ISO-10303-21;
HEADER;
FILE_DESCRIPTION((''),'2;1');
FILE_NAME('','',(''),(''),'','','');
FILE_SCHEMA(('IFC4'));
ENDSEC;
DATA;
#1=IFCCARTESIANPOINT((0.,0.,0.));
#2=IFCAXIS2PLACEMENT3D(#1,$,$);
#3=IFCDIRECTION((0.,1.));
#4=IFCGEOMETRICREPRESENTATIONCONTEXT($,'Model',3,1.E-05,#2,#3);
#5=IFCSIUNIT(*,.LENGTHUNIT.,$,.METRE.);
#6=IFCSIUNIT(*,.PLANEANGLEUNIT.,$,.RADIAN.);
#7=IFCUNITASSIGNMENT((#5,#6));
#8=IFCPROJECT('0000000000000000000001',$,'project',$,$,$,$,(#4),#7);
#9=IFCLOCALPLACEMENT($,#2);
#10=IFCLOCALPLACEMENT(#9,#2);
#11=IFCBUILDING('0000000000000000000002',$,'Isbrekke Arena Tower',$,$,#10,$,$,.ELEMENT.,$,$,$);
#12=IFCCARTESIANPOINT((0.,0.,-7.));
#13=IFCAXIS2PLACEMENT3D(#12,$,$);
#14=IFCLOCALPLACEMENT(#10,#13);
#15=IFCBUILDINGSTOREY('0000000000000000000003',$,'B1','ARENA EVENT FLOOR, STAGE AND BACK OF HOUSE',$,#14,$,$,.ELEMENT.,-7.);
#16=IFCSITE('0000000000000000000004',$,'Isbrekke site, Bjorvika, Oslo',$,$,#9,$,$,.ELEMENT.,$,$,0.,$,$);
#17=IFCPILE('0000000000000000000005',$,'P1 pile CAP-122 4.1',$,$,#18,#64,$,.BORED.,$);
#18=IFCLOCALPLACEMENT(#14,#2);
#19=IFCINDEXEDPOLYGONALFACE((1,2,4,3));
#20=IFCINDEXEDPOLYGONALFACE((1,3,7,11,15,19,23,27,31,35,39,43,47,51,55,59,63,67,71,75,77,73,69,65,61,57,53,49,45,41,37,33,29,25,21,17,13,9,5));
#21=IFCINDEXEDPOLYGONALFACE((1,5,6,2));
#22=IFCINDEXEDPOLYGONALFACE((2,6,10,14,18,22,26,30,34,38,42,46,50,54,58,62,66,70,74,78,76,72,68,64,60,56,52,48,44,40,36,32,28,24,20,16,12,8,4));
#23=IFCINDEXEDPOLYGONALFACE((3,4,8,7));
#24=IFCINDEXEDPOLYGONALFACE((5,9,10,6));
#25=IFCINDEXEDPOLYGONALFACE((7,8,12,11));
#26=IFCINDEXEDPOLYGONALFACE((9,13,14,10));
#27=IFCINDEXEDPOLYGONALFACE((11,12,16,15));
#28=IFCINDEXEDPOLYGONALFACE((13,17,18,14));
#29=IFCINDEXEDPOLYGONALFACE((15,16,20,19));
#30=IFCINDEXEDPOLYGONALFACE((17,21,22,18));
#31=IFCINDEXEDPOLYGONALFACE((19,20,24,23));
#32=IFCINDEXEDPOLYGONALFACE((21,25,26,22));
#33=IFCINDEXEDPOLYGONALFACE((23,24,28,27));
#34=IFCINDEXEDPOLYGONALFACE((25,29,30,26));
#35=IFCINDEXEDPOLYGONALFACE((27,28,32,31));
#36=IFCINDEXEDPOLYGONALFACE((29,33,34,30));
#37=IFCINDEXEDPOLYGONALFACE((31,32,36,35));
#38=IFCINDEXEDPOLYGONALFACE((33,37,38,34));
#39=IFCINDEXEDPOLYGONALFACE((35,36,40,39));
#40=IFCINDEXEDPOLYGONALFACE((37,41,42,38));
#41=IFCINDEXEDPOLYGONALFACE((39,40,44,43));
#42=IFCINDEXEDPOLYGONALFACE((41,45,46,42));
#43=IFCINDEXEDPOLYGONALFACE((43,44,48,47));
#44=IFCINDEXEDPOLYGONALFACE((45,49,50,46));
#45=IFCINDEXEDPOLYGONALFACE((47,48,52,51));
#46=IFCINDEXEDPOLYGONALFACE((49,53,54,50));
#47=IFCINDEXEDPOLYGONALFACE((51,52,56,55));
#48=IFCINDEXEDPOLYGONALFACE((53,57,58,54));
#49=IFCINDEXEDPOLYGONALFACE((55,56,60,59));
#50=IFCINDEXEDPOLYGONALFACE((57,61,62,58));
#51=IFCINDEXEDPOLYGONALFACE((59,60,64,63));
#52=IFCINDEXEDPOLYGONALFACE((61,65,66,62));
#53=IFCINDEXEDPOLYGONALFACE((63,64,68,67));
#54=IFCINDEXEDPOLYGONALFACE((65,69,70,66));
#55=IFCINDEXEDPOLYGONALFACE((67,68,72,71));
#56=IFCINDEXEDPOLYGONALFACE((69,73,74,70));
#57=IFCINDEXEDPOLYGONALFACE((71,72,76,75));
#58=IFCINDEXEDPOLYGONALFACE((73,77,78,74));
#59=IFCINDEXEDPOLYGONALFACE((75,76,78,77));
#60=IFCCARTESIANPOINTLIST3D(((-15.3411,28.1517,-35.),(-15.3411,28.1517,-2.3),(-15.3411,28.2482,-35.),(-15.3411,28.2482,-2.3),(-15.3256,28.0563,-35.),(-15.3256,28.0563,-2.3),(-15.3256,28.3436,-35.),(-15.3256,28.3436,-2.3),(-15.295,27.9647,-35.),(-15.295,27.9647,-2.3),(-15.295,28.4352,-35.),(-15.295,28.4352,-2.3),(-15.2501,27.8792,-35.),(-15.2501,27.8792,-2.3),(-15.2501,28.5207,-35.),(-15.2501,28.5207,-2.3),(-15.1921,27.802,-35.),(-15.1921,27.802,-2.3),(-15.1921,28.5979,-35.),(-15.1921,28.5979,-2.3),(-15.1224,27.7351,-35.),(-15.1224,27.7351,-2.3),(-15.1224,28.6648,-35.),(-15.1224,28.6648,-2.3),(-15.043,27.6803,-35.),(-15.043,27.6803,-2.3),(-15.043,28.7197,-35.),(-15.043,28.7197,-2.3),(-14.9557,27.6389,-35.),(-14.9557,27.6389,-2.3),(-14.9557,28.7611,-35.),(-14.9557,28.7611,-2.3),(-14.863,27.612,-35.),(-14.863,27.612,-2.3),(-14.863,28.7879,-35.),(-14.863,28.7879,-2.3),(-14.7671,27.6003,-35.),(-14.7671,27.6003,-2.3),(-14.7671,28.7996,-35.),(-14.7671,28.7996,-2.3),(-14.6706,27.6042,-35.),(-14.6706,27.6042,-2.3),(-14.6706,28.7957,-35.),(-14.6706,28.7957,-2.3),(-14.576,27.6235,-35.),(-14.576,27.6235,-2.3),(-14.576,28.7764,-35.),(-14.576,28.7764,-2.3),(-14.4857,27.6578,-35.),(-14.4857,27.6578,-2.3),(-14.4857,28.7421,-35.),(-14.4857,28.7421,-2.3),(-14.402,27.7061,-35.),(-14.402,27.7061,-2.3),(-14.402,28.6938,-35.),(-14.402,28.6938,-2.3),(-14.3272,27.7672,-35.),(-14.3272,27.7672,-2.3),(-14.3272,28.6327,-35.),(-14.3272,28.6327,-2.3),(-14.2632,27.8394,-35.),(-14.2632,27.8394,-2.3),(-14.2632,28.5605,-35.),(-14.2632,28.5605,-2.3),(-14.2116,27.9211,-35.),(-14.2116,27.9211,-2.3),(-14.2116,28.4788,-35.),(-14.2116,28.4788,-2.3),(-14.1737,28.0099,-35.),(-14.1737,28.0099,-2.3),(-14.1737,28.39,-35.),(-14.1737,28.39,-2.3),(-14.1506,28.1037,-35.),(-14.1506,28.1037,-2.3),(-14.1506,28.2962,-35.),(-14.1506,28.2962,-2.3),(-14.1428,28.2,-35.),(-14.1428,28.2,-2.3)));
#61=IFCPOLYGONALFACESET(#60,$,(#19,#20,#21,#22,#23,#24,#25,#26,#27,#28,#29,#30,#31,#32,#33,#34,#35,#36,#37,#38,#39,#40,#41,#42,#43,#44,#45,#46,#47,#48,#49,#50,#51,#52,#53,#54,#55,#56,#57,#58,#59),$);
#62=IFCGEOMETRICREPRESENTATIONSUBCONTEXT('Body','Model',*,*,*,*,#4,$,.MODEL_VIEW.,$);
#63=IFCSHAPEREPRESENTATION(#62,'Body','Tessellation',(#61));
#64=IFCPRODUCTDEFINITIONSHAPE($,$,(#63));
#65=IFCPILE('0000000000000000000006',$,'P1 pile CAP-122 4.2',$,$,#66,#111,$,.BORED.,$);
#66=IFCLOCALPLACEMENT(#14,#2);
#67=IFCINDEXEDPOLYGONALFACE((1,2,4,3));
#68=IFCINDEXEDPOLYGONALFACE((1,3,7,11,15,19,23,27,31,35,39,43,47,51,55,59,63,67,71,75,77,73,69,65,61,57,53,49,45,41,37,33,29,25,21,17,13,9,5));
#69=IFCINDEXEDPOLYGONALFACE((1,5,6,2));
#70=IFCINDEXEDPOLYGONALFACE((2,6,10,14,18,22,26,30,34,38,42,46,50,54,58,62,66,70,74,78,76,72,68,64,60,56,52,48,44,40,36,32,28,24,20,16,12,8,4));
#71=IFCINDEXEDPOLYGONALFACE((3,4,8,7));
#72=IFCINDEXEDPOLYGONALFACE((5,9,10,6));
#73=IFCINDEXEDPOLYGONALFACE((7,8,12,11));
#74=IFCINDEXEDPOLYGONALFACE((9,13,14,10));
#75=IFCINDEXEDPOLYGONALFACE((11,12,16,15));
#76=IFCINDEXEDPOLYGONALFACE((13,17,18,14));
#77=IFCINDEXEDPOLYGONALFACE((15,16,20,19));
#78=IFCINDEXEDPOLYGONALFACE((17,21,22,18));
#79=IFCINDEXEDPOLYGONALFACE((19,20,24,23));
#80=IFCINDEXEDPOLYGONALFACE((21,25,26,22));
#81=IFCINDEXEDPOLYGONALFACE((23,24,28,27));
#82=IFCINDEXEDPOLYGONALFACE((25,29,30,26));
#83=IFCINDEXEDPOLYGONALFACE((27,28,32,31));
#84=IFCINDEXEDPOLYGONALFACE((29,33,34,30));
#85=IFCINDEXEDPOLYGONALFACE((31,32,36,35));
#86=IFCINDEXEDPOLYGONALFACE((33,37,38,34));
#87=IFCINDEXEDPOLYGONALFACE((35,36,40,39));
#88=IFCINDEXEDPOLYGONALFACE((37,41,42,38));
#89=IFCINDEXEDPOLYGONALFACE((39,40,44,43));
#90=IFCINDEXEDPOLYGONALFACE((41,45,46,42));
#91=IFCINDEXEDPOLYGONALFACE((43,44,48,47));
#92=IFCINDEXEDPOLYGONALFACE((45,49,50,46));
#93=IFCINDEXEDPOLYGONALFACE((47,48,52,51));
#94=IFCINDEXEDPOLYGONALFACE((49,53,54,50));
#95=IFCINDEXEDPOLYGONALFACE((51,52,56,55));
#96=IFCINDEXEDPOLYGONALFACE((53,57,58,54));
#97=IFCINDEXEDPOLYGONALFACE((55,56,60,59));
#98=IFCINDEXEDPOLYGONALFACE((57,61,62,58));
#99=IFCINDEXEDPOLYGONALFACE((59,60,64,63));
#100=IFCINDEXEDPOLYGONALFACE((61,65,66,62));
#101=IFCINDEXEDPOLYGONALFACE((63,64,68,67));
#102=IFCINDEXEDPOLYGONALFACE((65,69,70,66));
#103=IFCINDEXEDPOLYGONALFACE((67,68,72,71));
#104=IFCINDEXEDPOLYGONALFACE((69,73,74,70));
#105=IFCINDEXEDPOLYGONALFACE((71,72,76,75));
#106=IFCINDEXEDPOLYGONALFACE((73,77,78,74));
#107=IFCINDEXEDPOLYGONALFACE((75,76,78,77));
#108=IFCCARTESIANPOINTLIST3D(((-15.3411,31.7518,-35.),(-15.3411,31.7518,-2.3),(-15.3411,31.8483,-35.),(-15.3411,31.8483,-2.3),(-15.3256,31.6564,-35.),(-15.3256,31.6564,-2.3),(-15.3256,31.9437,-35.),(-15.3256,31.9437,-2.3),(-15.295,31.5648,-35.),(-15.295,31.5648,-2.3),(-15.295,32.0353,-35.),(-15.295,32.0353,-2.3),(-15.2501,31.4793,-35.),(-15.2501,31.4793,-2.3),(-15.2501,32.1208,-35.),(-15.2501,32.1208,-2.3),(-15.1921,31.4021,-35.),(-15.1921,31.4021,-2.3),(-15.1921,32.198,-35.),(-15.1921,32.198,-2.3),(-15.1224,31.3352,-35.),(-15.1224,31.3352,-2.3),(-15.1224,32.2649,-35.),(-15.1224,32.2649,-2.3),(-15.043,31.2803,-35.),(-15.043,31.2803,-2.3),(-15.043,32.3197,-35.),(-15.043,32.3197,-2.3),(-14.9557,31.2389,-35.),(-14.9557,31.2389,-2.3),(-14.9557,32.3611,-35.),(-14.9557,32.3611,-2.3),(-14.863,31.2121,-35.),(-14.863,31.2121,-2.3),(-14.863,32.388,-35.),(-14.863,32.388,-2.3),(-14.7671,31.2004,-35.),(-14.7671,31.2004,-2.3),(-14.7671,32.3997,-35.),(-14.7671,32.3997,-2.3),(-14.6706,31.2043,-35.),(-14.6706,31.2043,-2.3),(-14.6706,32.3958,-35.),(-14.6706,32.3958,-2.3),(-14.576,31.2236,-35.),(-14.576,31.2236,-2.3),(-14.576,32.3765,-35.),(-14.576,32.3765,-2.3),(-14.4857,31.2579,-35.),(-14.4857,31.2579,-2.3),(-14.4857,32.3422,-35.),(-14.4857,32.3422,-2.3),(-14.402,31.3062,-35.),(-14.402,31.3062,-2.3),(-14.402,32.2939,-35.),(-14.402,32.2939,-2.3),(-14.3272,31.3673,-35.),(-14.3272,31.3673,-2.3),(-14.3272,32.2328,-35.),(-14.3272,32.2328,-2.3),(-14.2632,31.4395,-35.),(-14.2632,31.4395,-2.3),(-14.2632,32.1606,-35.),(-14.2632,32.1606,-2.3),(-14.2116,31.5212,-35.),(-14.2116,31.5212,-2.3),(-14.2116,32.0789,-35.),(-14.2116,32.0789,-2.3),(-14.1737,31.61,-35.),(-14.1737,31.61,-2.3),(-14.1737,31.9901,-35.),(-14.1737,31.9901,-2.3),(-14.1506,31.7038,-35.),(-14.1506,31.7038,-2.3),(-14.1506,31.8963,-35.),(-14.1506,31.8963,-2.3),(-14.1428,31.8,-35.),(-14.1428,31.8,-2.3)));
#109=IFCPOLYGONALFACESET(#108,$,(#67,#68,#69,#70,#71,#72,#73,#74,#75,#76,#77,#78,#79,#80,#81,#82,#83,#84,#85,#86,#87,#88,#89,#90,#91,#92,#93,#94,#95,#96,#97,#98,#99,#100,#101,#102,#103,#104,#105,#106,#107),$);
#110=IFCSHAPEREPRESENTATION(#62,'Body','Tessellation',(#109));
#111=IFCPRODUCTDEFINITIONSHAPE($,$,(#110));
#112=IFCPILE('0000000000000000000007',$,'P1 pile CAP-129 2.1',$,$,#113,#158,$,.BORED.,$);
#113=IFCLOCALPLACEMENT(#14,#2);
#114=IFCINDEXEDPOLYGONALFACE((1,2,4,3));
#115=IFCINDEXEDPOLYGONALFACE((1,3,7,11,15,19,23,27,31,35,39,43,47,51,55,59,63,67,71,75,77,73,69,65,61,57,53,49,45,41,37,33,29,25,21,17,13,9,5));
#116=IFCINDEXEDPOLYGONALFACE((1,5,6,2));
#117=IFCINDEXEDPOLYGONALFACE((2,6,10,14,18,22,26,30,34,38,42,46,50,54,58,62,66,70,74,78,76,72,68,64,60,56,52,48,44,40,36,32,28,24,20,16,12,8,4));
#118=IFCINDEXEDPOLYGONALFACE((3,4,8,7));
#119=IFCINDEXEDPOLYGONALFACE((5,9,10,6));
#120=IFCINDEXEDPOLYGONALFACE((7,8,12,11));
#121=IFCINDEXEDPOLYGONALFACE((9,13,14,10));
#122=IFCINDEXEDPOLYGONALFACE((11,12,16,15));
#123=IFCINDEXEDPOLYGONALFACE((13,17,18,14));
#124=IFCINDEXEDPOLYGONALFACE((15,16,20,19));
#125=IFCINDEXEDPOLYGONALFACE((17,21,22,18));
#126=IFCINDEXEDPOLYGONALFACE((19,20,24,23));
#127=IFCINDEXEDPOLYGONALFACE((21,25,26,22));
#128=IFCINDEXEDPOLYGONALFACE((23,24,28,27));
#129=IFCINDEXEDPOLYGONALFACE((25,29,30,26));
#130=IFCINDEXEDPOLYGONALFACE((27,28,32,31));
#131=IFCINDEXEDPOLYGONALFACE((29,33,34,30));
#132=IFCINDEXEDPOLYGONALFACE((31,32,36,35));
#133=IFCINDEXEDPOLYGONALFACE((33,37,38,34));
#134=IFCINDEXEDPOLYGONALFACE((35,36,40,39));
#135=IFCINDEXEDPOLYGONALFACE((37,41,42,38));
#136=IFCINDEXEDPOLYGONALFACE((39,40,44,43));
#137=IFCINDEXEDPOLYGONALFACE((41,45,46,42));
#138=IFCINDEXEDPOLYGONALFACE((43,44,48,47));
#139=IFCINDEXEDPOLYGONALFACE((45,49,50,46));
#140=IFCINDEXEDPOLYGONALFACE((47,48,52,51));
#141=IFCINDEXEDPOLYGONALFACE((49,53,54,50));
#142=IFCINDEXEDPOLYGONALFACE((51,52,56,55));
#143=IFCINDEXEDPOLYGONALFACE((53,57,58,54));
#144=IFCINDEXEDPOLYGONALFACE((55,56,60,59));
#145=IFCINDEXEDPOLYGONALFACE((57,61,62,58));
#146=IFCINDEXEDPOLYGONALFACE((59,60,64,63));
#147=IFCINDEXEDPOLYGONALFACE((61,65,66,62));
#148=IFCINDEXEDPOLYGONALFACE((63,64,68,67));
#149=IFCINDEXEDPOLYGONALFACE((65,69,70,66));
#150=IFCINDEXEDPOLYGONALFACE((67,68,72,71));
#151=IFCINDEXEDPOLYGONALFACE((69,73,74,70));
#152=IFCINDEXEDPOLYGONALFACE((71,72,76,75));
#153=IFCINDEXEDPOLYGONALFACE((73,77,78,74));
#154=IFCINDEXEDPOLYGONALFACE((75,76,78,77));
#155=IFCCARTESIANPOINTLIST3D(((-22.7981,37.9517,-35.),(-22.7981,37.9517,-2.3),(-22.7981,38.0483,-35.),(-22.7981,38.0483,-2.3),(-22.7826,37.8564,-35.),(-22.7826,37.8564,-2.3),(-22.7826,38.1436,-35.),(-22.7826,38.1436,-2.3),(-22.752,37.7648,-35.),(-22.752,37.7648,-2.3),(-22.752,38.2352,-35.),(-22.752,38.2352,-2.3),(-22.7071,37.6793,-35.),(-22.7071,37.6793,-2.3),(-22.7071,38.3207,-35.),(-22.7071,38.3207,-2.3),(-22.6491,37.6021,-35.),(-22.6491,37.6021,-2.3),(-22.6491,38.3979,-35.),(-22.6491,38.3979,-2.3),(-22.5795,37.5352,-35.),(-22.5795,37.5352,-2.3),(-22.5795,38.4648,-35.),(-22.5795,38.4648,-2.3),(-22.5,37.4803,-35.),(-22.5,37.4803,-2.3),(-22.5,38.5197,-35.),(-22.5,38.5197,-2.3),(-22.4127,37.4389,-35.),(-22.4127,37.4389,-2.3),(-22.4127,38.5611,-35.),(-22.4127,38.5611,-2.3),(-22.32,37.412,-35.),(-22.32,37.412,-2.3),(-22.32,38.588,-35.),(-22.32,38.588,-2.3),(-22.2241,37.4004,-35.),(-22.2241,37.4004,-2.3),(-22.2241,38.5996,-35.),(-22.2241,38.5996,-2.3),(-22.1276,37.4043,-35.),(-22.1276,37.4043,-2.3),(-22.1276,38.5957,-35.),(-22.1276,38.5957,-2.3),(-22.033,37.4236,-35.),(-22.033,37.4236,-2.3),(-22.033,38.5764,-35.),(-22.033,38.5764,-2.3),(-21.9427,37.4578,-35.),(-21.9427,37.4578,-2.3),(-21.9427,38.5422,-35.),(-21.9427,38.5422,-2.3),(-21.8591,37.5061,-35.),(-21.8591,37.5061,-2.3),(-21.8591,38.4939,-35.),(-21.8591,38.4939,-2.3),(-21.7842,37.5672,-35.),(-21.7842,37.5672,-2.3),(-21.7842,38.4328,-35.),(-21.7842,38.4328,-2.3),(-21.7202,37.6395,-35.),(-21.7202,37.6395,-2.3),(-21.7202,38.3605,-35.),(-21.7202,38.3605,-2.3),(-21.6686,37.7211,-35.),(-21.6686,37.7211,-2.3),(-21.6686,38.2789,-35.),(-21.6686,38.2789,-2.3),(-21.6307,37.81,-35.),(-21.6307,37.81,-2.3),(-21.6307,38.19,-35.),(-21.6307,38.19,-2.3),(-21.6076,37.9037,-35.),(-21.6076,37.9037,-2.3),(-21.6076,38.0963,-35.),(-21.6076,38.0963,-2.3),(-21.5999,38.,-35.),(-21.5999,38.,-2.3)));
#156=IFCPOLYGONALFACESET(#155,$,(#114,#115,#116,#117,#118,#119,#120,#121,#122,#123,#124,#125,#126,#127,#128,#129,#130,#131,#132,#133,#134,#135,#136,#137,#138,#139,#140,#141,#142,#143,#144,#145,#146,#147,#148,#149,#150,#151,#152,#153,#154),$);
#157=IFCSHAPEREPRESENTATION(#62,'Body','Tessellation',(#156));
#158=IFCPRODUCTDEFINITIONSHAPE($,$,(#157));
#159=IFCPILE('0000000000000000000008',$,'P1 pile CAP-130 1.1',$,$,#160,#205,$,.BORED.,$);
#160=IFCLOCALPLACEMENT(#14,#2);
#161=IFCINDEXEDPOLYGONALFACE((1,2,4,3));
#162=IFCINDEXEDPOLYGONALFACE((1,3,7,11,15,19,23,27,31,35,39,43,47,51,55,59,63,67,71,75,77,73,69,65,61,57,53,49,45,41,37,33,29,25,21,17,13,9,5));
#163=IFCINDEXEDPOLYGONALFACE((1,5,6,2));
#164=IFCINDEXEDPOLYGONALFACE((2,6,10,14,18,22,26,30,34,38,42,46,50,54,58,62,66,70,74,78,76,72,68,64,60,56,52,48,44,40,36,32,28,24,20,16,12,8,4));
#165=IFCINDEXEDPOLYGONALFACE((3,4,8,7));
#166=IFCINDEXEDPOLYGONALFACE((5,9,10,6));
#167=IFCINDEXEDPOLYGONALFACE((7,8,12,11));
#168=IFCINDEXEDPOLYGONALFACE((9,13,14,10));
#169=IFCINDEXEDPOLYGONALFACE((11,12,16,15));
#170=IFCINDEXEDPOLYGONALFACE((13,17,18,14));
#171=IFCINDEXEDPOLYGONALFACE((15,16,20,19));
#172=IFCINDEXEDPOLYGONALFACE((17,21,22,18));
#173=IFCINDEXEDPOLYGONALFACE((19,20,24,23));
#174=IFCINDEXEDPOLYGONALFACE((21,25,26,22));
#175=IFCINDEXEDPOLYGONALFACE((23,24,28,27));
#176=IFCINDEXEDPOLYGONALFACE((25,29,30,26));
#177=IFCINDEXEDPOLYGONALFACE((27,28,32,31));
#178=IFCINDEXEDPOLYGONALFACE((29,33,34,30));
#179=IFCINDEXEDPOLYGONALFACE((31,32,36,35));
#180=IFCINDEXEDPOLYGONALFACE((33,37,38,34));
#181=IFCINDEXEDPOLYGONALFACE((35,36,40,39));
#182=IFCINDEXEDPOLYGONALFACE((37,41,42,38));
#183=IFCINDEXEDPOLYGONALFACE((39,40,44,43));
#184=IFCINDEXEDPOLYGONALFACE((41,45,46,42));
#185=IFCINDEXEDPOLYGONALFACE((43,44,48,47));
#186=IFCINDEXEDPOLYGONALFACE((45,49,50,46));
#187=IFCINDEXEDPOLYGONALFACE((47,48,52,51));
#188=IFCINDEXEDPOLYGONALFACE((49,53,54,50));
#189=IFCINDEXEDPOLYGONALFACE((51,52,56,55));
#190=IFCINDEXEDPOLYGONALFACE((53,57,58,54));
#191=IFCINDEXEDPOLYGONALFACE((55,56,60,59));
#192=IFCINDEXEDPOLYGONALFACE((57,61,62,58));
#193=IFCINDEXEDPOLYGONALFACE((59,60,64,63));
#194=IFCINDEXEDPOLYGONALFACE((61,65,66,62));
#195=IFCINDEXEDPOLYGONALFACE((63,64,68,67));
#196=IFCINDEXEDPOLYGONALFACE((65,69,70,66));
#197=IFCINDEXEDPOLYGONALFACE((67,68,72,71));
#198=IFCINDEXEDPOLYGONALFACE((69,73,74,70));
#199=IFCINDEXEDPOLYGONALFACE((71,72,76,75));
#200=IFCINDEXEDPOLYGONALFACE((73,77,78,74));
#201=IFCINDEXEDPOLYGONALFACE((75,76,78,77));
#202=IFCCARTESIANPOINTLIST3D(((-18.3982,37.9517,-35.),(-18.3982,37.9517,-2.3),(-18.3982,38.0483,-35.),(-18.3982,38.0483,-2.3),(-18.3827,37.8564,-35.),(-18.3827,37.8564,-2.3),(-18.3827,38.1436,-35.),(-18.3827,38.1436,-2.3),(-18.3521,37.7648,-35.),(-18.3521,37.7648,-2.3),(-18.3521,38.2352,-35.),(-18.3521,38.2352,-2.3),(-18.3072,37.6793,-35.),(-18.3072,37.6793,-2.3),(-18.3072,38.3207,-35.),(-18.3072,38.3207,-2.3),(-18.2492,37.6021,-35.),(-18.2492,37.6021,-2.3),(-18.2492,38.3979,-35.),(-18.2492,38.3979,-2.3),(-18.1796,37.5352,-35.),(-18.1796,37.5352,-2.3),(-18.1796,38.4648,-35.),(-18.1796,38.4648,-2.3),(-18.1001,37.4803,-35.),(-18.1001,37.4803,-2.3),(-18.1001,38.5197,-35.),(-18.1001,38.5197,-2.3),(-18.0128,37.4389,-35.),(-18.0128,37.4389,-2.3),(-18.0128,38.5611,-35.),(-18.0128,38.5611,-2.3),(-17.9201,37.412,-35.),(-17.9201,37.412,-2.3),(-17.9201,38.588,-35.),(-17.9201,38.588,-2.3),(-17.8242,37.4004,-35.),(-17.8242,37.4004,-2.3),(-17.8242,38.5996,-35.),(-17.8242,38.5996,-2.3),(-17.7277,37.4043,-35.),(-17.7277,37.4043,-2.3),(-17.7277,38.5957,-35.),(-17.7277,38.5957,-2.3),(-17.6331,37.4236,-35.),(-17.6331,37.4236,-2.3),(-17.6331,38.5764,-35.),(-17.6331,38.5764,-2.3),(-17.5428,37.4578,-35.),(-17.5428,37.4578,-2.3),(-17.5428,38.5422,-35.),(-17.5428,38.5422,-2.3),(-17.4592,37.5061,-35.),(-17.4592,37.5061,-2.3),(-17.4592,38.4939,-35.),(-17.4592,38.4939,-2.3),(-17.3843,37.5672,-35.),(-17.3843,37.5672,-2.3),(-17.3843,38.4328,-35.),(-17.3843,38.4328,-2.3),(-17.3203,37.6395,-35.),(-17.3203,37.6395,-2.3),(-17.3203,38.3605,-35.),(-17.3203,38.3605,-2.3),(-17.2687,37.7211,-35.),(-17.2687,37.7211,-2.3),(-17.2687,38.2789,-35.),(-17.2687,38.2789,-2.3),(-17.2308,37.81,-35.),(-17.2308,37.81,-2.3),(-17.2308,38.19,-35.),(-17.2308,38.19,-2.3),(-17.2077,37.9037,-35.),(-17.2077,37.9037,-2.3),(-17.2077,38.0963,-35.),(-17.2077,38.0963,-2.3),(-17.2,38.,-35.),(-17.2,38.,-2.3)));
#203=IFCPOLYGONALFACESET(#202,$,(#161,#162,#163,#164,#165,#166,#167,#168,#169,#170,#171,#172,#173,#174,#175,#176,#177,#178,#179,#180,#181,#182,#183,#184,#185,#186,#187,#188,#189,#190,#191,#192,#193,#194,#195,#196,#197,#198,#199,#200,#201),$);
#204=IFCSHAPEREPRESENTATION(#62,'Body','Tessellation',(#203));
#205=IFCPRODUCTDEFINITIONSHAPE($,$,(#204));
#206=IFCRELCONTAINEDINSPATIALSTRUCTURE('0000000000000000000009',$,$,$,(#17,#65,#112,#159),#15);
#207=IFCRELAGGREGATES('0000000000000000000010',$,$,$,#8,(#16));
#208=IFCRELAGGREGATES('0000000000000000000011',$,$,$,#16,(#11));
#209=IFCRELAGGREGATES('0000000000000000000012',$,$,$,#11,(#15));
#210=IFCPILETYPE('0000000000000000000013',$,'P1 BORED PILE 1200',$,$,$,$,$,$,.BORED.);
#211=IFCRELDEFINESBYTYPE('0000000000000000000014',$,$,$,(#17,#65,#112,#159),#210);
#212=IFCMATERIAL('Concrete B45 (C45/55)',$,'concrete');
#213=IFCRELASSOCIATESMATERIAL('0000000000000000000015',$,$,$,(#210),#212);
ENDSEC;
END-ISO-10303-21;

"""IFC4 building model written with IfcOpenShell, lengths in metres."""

from ifc_helpers import new_model, si_unit, direction, frame, origin, origin_2d, place, context, subcontext, project, spatial, circle, extrude, material, material_profile, profile_set, type_object, element, save


model = new_model("IFC4")

# Units and contexts
model_context = context("Model", 3, precision=1e-05, world=origin(), true_north=direction((0.0, 1.0)))
body_context = subcontext(model_context, "Body", "Model", "MODEL_VIEW")
ifc_project = project(units=[si_unit("LENGTHUNIT", "METRE"), si_unit("PLANEANGLEUNIT", "RADIAN")], contexts=[model_context])

# Site, building, storey
site_placement = place(None, origin())
site = spatial("IfcSite", under=ifc_project, at=site_placement, Name="Isbrekke site, Bjorvika, Oslo", CompositionType="ELEMENT", RefElevation=0.0)
building_placement = place(site_placement, origin())
building = spatial("IfcBuilding", under=site, at=building_placement, Name="Isbrekke Arena Tower", CompositionType="ELEMENT")
storey_placement = place(building_placement, frame((0.0, 0.0, -7.0)))
storey = spatial("IfcBuildingStorey", under=building, at=storey_placement, Name="B1", Description="ARENA EVENT FLOOR, STAGE AND BACK OF HOUSE", CompositionType="ELEMENT", Elevation=-7.0)

# Piles
ifc_material_1 = material(Name="Concrete B45 (C45/55)", Category="concrete")
ifc_material_profile_1 = material_profile(ifc_material_1, circle(Radius=0.6001, at=origin_2d()), Name="BORED PILE D1200")
ifc_profile_set_1 = profile_set([ifc_material_profile_1], Name="Concrete B45 (C45/55)")
pile_type = type_object("IfcPileType", Name="P1 BORED PILE 1200", PredefinedType="BORED", material=ifc_profile_set_1)
for number, where, z_axis, x_axis, name in (
    (1, (-14.7429, 28.2, -2.3), (0.0, 0.0, -1.0), (1.0, 0.0, 0.0), "P1 pile CAP-122 4.1"),
    (2, (-14.7429, 31.8, -2.3), (0.0, 0.0, -1.0), (1.0, 0.0, 0.0), "P1 pile CAP-122 4.2"),
    (3, (-22.2, 38.0, -2.3), (0.0, 0.0, -1.0), (1.0, 0.0, 0.0), "P1 pile CAP-129 2.1"),
    (4, (-17.8, 38.0, -2.3), (0.0, 0.0, -1.0), (1.0, 0.0, 0.0), "P1 pile CAP-130 1.1"),
):
    element("IfcPile", number, at=place(storey_placement, frame(where, z_axis=z_axis, x_axis=x_axis)), inside=storey, type_object=pile_type, Name=name, PredefinedType="BORED", context=body_context, shape_type="SweptSolid", body=[
        extrude(circle(Radius=0.6001, at=origin_2d()), origin(), (0.0, 0.0, 1.0), 32.7),
    ])

save(model, "model.ifc")
